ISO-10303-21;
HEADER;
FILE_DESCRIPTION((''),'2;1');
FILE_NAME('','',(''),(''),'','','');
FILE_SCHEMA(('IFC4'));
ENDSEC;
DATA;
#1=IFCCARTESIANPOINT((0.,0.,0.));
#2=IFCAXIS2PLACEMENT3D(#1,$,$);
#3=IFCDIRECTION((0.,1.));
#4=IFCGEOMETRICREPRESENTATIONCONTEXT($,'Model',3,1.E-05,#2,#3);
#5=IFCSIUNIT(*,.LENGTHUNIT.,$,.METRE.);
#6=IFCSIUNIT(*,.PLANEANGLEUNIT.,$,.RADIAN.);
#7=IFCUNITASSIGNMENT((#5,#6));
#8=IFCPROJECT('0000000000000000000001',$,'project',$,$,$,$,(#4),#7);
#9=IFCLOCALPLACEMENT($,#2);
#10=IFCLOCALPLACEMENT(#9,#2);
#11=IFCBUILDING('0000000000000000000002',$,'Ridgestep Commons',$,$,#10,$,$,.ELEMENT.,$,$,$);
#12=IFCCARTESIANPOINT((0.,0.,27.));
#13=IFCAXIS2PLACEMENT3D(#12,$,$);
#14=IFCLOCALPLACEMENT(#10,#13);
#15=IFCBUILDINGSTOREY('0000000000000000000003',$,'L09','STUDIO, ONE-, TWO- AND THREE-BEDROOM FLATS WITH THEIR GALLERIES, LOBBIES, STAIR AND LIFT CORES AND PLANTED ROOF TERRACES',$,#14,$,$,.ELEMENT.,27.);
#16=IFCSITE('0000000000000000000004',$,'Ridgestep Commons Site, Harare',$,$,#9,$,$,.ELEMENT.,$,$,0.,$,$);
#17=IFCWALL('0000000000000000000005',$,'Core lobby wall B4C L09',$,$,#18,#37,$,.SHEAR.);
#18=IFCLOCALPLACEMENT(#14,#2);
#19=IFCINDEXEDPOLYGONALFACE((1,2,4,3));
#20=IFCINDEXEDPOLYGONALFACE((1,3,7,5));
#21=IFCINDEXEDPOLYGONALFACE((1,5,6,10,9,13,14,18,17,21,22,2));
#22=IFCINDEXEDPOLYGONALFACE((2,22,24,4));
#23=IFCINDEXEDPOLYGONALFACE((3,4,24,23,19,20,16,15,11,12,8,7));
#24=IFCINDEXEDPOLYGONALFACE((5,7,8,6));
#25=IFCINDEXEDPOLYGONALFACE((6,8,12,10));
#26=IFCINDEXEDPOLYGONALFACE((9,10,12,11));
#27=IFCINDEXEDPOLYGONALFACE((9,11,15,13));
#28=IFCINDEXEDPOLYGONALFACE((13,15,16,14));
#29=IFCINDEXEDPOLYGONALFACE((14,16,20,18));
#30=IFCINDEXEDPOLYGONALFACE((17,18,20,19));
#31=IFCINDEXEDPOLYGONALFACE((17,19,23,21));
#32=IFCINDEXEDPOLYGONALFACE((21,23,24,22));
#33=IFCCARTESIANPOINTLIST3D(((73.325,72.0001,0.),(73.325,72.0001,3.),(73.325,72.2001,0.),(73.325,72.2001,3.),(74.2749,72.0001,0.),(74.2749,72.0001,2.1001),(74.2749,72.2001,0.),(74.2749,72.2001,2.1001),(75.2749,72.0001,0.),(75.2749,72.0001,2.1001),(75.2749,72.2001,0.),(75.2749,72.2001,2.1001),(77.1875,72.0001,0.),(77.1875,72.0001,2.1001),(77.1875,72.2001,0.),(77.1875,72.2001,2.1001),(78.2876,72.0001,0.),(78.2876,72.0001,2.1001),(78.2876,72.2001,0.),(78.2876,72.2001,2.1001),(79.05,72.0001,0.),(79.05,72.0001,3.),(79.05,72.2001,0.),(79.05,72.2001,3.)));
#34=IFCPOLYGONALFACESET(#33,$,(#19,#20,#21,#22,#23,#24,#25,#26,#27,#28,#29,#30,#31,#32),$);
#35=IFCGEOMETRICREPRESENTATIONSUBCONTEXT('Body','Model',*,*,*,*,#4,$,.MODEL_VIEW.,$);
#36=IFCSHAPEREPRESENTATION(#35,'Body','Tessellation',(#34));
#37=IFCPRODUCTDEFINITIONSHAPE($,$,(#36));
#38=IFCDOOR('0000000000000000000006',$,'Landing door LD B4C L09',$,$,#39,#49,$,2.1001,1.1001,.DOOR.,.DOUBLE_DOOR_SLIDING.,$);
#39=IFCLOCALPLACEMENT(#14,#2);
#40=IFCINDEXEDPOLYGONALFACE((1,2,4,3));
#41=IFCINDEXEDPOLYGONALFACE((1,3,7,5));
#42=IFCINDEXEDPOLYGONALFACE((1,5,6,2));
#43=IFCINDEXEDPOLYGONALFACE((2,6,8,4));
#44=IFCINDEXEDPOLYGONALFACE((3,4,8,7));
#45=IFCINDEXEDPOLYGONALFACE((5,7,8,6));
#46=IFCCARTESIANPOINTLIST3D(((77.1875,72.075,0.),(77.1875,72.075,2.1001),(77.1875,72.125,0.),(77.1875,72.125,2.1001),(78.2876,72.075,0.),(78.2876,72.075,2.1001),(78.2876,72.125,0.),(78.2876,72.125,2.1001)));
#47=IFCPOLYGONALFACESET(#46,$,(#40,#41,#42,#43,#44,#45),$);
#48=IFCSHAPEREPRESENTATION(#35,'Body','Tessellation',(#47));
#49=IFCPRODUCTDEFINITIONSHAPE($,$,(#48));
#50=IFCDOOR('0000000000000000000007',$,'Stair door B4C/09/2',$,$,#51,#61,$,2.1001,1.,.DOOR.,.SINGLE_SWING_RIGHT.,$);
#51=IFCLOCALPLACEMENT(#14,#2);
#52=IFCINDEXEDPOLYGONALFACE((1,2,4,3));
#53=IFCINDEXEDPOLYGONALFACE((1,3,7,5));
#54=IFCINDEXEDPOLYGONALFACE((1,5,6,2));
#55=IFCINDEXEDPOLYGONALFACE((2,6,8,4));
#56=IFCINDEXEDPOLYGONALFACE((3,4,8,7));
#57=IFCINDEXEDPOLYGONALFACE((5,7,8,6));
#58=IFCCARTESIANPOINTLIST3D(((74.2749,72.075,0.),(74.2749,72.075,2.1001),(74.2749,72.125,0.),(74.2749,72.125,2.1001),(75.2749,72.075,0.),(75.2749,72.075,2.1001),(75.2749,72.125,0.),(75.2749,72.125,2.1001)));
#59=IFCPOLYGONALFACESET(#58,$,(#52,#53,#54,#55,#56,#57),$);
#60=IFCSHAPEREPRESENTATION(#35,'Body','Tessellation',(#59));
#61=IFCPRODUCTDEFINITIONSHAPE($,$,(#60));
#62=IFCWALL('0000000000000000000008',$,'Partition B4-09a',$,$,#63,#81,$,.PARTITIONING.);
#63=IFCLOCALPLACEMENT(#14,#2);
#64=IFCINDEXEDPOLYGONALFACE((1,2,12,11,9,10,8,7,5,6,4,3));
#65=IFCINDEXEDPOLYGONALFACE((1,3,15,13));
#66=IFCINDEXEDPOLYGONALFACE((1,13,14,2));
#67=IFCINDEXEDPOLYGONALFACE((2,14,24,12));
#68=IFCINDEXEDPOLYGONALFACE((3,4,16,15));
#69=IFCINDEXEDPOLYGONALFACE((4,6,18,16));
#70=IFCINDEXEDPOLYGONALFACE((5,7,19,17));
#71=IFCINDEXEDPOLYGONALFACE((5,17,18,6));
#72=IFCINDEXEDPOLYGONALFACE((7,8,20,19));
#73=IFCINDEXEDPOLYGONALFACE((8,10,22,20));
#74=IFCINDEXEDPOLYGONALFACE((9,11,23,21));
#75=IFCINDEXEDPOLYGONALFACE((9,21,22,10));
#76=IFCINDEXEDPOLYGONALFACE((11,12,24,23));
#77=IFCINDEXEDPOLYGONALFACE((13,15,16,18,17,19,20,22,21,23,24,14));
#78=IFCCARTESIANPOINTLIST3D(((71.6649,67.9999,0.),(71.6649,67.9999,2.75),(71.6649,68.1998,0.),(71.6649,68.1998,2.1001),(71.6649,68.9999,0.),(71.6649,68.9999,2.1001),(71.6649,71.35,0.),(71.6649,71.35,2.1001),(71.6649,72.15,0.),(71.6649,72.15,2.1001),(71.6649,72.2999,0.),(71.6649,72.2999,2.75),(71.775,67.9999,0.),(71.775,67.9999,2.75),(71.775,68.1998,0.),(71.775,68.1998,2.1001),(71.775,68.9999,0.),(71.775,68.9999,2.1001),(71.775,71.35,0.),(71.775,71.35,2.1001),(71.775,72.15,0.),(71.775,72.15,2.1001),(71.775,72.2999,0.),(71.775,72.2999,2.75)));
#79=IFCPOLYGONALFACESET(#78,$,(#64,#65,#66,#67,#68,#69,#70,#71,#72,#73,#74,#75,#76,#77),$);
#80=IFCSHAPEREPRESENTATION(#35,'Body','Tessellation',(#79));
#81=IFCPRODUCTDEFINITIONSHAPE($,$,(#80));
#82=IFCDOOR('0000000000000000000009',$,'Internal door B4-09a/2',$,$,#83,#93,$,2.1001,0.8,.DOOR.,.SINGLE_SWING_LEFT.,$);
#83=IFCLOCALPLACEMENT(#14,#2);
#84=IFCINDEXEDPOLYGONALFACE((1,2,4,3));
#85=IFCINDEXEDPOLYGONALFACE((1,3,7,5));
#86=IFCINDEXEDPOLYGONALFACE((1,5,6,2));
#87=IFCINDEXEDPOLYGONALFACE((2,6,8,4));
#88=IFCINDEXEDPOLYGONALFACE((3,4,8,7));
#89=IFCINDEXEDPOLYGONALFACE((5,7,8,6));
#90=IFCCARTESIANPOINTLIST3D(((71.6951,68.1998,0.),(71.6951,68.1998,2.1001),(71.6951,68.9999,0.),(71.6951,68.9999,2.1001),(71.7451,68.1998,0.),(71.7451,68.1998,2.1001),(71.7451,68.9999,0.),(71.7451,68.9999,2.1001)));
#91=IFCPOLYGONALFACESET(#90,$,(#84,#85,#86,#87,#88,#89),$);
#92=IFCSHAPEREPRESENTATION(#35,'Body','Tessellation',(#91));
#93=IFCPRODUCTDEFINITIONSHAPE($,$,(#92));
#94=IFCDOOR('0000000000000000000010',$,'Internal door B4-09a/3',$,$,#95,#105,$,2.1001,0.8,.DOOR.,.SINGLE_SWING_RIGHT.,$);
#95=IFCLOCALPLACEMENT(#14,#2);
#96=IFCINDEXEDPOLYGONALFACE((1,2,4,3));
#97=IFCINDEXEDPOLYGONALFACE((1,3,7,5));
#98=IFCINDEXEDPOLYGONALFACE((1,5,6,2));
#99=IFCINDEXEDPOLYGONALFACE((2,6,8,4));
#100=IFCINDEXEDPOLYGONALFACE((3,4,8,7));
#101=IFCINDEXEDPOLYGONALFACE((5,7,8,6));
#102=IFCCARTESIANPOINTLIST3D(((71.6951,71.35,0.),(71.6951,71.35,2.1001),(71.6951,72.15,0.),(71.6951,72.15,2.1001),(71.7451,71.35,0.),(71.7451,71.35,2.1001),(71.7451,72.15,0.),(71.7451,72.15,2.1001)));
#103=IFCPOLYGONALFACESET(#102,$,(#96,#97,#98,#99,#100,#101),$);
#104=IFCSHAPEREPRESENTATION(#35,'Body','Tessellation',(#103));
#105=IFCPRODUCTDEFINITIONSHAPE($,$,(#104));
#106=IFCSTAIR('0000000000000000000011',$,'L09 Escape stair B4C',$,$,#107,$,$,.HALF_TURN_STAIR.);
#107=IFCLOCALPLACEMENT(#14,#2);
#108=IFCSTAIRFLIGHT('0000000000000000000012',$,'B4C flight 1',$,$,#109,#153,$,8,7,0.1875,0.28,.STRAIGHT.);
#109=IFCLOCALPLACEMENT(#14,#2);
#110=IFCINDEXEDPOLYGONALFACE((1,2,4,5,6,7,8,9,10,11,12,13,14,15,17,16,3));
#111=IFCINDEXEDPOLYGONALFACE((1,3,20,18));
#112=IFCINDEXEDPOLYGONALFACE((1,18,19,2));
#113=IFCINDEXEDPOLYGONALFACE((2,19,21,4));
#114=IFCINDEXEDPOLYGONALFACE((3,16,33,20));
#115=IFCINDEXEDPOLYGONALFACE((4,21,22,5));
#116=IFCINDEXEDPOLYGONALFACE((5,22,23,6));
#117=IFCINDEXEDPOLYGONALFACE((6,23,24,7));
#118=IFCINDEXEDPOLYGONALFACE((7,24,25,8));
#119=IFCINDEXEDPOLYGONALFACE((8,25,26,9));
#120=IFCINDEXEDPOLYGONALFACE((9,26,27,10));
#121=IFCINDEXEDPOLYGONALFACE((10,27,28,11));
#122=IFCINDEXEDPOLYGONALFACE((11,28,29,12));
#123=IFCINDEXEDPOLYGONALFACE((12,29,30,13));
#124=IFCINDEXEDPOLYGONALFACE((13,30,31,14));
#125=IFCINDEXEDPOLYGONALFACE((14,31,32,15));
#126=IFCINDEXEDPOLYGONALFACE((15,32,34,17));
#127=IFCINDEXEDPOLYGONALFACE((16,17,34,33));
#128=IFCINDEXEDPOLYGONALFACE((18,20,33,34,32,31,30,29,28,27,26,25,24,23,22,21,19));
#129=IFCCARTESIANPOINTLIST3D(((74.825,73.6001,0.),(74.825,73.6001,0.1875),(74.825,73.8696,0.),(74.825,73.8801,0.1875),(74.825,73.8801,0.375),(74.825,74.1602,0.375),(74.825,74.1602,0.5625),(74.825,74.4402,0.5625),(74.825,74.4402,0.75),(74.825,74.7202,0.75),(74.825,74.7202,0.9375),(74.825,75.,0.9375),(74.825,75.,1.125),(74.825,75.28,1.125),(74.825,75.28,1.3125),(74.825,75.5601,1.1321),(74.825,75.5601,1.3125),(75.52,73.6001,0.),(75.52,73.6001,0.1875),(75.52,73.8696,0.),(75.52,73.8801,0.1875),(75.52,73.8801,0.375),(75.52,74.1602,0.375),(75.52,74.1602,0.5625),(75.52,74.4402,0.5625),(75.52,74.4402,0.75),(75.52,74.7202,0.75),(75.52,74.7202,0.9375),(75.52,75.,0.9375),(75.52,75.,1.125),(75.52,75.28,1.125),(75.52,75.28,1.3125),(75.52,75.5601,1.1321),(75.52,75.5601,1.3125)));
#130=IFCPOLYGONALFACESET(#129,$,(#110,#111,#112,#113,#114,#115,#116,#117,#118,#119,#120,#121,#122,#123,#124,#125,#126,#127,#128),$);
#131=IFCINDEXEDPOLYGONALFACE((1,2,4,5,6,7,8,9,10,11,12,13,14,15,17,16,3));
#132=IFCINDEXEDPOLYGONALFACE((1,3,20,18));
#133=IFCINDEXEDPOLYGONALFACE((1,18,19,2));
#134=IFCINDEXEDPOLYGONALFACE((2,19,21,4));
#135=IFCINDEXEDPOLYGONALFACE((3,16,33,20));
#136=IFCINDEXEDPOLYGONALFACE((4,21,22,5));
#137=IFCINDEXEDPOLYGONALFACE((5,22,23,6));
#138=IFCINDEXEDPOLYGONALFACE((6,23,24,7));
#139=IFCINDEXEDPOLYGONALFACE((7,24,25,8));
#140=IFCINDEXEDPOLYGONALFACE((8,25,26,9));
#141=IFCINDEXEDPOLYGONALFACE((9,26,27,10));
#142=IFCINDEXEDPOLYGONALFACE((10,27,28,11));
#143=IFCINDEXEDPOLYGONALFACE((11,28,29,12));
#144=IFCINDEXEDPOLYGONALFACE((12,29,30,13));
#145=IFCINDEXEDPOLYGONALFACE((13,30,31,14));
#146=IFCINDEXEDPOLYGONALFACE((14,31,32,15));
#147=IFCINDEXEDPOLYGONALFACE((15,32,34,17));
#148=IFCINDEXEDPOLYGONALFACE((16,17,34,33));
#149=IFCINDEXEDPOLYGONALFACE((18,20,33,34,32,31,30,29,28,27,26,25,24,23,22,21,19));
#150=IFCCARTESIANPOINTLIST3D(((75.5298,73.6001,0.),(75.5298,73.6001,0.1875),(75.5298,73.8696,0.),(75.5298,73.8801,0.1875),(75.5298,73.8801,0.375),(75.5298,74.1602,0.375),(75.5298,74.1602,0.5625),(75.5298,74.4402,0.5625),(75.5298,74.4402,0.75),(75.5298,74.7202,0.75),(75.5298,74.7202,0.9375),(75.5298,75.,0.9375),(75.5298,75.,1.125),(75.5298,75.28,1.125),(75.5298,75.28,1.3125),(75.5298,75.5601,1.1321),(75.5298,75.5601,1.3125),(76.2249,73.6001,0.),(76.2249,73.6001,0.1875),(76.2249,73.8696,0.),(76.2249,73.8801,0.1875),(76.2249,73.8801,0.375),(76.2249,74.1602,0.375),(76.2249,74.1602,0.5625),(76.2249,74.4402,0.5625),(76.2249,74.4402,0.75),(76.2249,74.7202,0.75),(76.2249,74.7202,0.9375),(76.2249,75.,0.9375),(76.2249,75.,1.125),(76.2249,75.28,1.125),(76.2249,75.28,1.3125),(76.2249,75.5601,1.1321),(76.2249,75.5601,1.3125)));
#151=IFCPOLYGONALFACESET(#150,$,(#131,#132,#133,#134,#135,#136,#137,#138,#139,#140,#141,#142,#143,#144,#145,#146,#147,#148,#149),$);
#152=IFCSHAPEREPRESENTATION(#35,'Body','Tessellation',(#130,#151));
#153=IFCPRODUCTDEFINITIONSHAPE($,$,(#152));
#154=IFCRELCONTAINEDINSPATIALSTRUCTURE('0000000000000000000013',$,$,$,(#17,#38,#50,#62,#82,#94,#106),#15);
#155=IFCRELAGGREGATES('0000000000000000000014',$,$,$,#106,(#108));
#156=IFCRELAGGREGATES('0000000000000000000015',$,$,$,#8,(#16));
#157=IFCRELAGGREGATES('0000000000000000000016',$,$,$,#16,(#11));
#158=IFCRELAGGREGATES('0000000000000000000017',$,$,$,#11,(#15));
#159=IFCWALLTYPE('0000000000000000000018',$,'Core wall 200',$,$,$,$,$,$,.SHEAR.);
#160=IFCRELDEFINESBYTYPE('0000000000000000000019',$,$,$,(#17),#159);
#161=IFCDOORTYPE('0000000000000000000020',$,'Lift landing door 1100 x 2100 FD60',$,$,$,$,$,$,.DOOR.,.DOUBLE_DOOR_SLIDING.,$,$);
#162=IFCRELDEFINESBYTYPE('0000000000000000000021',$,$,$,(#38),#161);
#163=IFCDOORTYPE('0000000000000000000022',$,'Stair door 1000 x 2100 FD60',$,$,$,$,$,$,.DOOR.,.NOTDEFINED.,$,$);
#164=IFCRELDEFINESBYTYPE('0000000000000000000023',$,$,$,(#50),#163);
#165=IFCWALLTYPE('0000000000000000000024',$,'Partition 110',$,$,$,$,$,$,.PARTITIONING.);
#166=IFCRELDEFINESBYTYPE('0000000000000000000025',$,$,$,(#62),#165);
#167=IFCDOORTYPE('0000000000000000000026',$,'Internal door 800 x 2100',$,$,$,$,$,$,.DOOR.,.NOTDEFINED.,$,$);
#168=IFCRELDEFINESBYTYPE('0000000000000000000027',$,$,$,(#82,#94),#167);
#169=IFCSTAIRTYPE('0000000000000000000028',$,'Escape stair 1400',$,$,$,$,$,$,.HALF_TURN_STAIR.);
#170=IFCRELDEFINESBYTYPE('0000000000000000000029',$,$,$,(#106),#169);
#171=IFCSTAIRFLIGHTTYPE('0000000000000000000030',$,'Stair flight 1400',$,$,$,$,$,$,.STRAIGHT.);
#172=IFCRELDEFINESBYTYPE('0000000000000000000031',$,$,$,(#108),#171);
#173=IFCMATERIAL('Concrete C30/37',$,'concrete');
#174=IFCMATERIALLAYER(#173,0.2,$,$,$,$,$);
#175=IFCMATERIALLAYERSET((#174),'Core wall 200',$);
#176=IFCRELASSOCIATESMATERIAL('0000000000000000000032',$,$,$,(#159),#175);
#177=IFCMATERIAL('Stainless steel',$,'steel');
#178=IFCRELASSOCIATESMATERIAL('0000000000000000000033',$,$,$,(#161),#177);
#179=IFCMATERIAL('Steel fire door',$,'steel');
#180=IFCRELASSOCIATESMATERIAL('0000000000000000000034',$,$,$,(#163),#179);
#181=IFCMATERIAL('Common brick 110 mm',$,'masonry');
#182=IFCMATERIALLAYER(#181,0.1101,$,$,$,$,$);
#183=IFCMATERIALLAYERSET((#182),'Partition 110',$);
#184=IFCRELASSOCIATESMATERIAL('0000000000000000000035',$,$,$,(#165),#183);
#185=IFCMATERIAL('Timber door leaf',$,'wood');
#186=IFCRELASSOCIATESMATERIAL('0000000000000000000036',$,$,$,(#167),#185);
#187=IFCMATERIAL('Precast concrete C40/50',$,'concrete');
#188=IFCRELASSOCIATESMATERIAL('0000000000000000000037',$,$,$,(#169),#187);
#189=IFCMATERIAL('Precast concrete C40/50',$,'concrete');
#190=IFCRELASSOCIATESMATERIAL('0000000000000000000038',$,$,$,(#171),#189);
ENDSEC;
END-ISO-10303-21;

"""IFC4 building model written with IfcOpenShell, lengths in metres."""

from ifc_helpers import new_model, si_unit, direction, frame, frame_2d, origin, place, context, subcontext, project, spatial, polyline, rectangle, outline, extrude, material, layer, layer_set, type_object, element, fill, aggregate, save


model = new_model("IFC4")

# Units and contexts
model_context = context("Model", 3, precision=1e-05, world=origin(), true_north=direction((0.0, 1.0)))
body_context = subcontext(model_context, "Body", "Model", "MODEL_VIEW")
ifc_project = project(units=[si_unit("LENGTHUNIT", "METRE"), si_unit("PLANEANGLEUNIT", "RADIAN")], contexts=[model_context])

# Site, building, storey
site_placement = place(None, origin())
site = spatial("IfcSite", under=ifc_project, at=site_placement, Name="Ridgestep Commons Site, Harare", CompositionType="ELEMENT", RefElevation=0.0)
building_placement = place(site_placement, origin())
building = spatial("IfcBuilding", under=site, at=building_placement, Name="Ridgestep Commons", CompositionType="ELEMENT")
storey_placement = place(building_placement, frame((0.0, 0.0, 27.0)))
storey = spatial("IfcBuildingStorey", under=building, at=storey_placement, Name="L09", Description="STUDIO, ONE-, TWO- AND THREE-BEDROOM FLATS WITH THEIR GALLERIES, LOBBIES, STAIR AND LIFT CORES AND PLANTED ROOF TERRACES", CompositionType="ELEMENT", Elevation=27.0)

# Walls, openings, doors
ifc_material_1 = material(Name="Concrete C30/37", Category="concrete")
ifc_layer_1 = layer(ifc_material_1, 0.2)
ifc_layer_set_1 = layer_set([ifc_layer_1], Name="Core wall 200")
wall_type_1 = type_object("IfcWallType", Name="Core wall 200", PredefinedType="SHEAR", material=ifc_layer_set_1)
wall_1_placement = place(storey_placement, frame((73.325, 72.1001, 0.0), z_axis=(0.0, 0.0, 1.0), x_axis=(1.0, 0.0, 0.0)))
wall_1 = element("IfcWall", 1, at=wall_1_placement, inside=storey, type_object=wall_type_1, Name="Core lobby wall B4C L09", PredefinedType="SHEAR", context=body_context, shape_type="SweptSolid", body=[
    extrude(rectangle(XDim=5.7251, YDim=0.2, at=frame_2d((2.8625, 0.0))), origin(), (0.0, 0.0, 1.0), 3.0),
])
opening_1_placement = place(wall_1_placement, frame((0.95, 0.0, 0.0)))
opening_1 = element("IfcOpeningElement", 2, at=opening_1_placement, cuts=wall_1, PredefinedType="OPENING", context=body_context, shape_type="SweptSolid", body=[
    extrude(rectangle(XDim=1.0, YDim=2.1001, at=frame_2d((0.5, 1.05))), frame((0.0, 0.1099, 0.0), z_axis=(0.0, -1.0, 0.0), x_axis=(1.0, 0.0, 0.0)), (0.0, 0.0, 1.0), 0.22),
])
opening_2_placement = place(wall_1_placement, frame((3.8625, 0.0, 0.0)))
opening_2 = element("IfcOpeningElement", 3, at=opening_2_placement, cuts=wall_1, PredefinedType="OPENING", context=body_context, shape_type="SweptSolid", body=[
    extrude(rectangle(XDim=1.1001, YDim=2.1001, at=frame_2d((0.55, 1.05))), frame((0.0, 0.1099, 0.0), z_axis=(0.0, -1.0, 0.0), x_axis=(1.0, 0.0, 0.0)), (0.0, 0.0, 1.0), 0.22),
])
ifc_material_2 = material(Name="Stainless steel", Category="steel")
door_type_1 = type_object("IfcDoorType", Name="Lift landing door 1100 x 2100 FD60", OperationType="DOUBLE_DOOR_SLIDING", PredefinedType="DOOR", material=ifc_material_2)
door_1_placement = place(opening_2_placement, origin())
door_1 = element("IfcDoor", 4, at=door_1_placement, inside=storey, type_object=door_type_1, Name="Landing door LD B4C L09", OperationType="DOUBLE_DOOR_SLIDING", OverallHeight=2.1001, OverallWidth=1.1001, PredefinedType="DOOR", context=body_context, shape_type="SweptSolid", body=[
    extrude(rectangle(XDim=1.1001, YDim=2.1001, at=frame_2d((0.55, 1.05))), frame((0.0, 0.0249, 0.0), z_axis=(0.0, -1.0, 0.0), x_axis=(1.0, 0.0, 0.0)), (0.0, 0.0, 1.0), 0.05),
])
fill(opening_2, door_1)
ifc_material_3 = material(Name="Steel fire door", Category="steel")
door_type_2 = type_object("IfcDoorType", Name="Stair door 1000 x 2100 FD60", OperationType="NOTDEFINED", PredefinedType="DOOR", material=ifc_material_3)
door_2_placement = place(opening_1_placement, origin())
door_2 = element("IfcDoor", 5, at=door_2_placement, inside=storey, type_object=door_type_2, Name="Stair door B4C/09/2", OperationType="SINGLE_SWING_RIGHT", OverallHeight=2.1001, OverallWidth=1.0, PredefinedType="DOOR", context=body_context, shape_type="SweptSolid", body=[
    extrude(rectangle(XDim=1.0, YDim=2.1001, at=frame_2d((0.5, 1.05))), frame((0.0, 0.0249, 0.0), z_axis=(0.0, -1.0, 0.0), x_axis=(1.0, 0.0, 0.0)), (0.0, 0.0, 1.0), 0.05),
])
fill(opening_1, door_2)
ifc_material_4 = material(Name="Common brick 110 mm", Category="masonry")
ifc_layer_2 = layer(ifc_material_4, 0.1101)
ifc_layer_set_2 = layer_set([ifc_layer_2], Name="Partition 110")
wall_type_2 = type_object("IfcWallType", Name="Partition 110", PredefinedType="PARTITIONING", material=ifc_layer_set_2)
wall_2_placement = place(storey_placement, frame((71.72, 68.0, 0.0), z_axis=(0.0, 0.0, 1.0), x_axis=(0.0, 1.0, 0.0)))
wall_2 = element("IfcWall", 6, at=wall_2_placement, inside=storey, type_object=wall_type_2, Name="Partition B4-09a", PredefinedType="PARTITIONING", context=body_context, shape_type="SweptSolid", body=[
    extrude(rectangle(XDim=4.3, YDim=0.1101, at=frame_2d((2.1499, 0.0))), origin(), (0.0, 0.0, 1.0), 2.75),
])
opening_3_placement = place(wall_2_placement, frame((0.2, 0.0, 0.0)))
opening_3 = element("IfcOpeningElement", 7, at=opening_3_placement, cuts=wall_2, PredefinedType="OPENING", context=body_context, shape_type="SweptSolid", body=[
    extrude(rectangle(XDim=0.8, YDim=2.1001, at=frame_2d((0.3999, 1.05))), frame((0.0, 0.0649, 0.0), z_axis=(0.0, -1.0, 0.0), x_axis=(1.0, 0.0, 0.0)), (0.0, 0.0, 1.0), 0.1301),
])
opening_4_placement = place(wall_2_placement, frame((3.3501, 0.0, 0.0)))
opening_4 = element("IfcOpeningElement", 8, at=opening_4_placement, cuts=wall_2, PredefinedType="OPENING", context=body_context, shape_type="SweptSolid", body=[
    extrude(rectangle(XDim=0.8, YDim=2.1001, at=frame_2d((0.3999, 1.05))), frame((0.0, 0.0649, 0.0), z_axis=(0.0, -1.0, 0.0), x_axis=(1.0, 0.0, 0.0)), (0.0, 0.0, 1.0), 0.1301),
])
ifc_material_5 = material(Name="Timber door leaf", Category="wood")
door_type_3 = type_object("IfcDoorType", Name="Internal door 800 x 2100", OperationType="NOTDEFINED", PredefinedType="DOOR", material=ifc_material_5)
door_3_placement = place(opening_3_placement, origin())
door_3 = element("IfcDoor", 9, at=door_3_placement, inside=storey, type_object=door_type_3, Name="Internal door B4-09a/2", OperationType="SINGLE_SWING_LEFT", OverallHeight=2.1001, OverallWidth=0.8, PredefinedType="DOOR", context=body_context, shape_type="SweptSolid", body=[
    extrude(rectangle(XDim=0.8, YDim=2.1001, at=frame_2d((0.3999, 1.05))), frame((0.0, 0.0249, 0.0), z_axis=(0.0, -1.0, 0.0), x_axis=(1.0, 0.0, 0.0)), (0.0, 0.0, 1.0), 0.05),
])
fill(opening_3, door_3)
door_4_placement = place(opening_4_placement, origin())
door_4 = element("IfcDoor", 10, at=door_4_placement, inside=storey, type_object=door_type_3, Name="Internal door B4-09a/3", OperationType="SINGLE_SWING_RIGHT", OverallHeight=2.1001, OverallWidth=0.8, PredefinedType="DOOR", context=body_context, shape_type="SweptSolid", body=[
    extrude(rectangle(XDim=0.8, YDim=2.1001, at=frame_2d((0.3999, 1.05))), frame((0.0, 0.0249, 0.0), z_axis=(0.0, -1.0, 0.0), x_axis=(1.0, 0.0, 0.0)), (0.0, 0.0, 1.0), 0.05),
])
fill(opening_4, door_4)

# Stair, stair flight
ifc_material_6 = material(Name="Precast concrete C40/50", Category="concrete")
stair_type = type_object("IfcStairType", Name="Escape stair 1400", PredefinedType="HALF_TURN_STAIR", material=ifc_material_6)
stair_placement = place(storey_placement, origin())
stair = element("IfcStair", 11, at=stair_placement, inside=storey, type_object=stair_type, Name="L09 Escape stair B4C", PredefinedType="HALF_TURN_STAIR")
ifc_material_7 = material(Name="Precast concrete C40/50", Category="concrete")
stair_flight_type = type_object("IfcStairFlightType", Name="Stair flight 1400", PredefinedType="STRAIGHT", material=ifc_material_7)
stair_flight_1_placement = place(storey_placement, frame((75.5249, 73.6001, 0.0), z_axis=(0.0, 0.0, 1.0), x_axis=(0.0, 1.0, 0.0)))
stair_flight_1 = element("IfcStairFlight", 12, at=stair_flight_1_placement, type_object=stair_flight_type, Name="B4C flight 1", NumberOfRisers=8, NumberOfTreads=7, PredefinedType="STRAIGHT", RiserHeight=0.1875, TreadLength=0.28, context=body_context, shape_type="SweptSolid", body=[
    extrude(outline(polyline([(0.0, 0.0), (0.0, 0.1875), (0.28, 0.1875), (0.28, 0.375), (0.5601, 0.375), (0.5601, 0.5625), (0.8401, 0.5625), (0.8401, 0.75), (1.1201, 0.75), (1.1201, 0.9375), (1.3999, 0.9375), (1.3999, 1.125), (1.6799, 1.125), (1.6799, 1.3125), (1.96, 1.3125), (1.96, 1.5), (1.96, 1.1321), (0.2695, 0.0), (0.0, 0.0)])), frame((0.0, 0.7, 0.0), z_axis=(0.0, -1.0, 0.0), x_axis=(1.0, 0.0, 0.0)), (0.0, 0.0, 1.0), 0.6951),
    extrude(outline(polyline([(0.0, 0.0), (0.0, 0.1875), (0.28, 0.1875), (0.28, 0.375), (0.5601, 0.375), (0.5601, 0.5625), (0.8401, 0.5625), (0.8401, 0.75), (1.1201, 0.75), (1.1201, 0.9375), (1.3999, 0.9375), (1.3999, 1.125), (1.6799, 1.125), (1.6799, 1.3125), (1.96, 1.3125), (1.96, 1.5), (1.96, 1.1321), (0.2695, 0.0), (0.0, 0.0)])), frame((0.0, -0.0049, 0.0), z_axis=(0.0, -1.0, 0.0), x_axis=(1.0, 0.0, 0.0)), (0.0, 0.0, 1.0), 0.6951),
])
aggregate(stair, [stair_flight_1])

save(model, "model.ifc")
